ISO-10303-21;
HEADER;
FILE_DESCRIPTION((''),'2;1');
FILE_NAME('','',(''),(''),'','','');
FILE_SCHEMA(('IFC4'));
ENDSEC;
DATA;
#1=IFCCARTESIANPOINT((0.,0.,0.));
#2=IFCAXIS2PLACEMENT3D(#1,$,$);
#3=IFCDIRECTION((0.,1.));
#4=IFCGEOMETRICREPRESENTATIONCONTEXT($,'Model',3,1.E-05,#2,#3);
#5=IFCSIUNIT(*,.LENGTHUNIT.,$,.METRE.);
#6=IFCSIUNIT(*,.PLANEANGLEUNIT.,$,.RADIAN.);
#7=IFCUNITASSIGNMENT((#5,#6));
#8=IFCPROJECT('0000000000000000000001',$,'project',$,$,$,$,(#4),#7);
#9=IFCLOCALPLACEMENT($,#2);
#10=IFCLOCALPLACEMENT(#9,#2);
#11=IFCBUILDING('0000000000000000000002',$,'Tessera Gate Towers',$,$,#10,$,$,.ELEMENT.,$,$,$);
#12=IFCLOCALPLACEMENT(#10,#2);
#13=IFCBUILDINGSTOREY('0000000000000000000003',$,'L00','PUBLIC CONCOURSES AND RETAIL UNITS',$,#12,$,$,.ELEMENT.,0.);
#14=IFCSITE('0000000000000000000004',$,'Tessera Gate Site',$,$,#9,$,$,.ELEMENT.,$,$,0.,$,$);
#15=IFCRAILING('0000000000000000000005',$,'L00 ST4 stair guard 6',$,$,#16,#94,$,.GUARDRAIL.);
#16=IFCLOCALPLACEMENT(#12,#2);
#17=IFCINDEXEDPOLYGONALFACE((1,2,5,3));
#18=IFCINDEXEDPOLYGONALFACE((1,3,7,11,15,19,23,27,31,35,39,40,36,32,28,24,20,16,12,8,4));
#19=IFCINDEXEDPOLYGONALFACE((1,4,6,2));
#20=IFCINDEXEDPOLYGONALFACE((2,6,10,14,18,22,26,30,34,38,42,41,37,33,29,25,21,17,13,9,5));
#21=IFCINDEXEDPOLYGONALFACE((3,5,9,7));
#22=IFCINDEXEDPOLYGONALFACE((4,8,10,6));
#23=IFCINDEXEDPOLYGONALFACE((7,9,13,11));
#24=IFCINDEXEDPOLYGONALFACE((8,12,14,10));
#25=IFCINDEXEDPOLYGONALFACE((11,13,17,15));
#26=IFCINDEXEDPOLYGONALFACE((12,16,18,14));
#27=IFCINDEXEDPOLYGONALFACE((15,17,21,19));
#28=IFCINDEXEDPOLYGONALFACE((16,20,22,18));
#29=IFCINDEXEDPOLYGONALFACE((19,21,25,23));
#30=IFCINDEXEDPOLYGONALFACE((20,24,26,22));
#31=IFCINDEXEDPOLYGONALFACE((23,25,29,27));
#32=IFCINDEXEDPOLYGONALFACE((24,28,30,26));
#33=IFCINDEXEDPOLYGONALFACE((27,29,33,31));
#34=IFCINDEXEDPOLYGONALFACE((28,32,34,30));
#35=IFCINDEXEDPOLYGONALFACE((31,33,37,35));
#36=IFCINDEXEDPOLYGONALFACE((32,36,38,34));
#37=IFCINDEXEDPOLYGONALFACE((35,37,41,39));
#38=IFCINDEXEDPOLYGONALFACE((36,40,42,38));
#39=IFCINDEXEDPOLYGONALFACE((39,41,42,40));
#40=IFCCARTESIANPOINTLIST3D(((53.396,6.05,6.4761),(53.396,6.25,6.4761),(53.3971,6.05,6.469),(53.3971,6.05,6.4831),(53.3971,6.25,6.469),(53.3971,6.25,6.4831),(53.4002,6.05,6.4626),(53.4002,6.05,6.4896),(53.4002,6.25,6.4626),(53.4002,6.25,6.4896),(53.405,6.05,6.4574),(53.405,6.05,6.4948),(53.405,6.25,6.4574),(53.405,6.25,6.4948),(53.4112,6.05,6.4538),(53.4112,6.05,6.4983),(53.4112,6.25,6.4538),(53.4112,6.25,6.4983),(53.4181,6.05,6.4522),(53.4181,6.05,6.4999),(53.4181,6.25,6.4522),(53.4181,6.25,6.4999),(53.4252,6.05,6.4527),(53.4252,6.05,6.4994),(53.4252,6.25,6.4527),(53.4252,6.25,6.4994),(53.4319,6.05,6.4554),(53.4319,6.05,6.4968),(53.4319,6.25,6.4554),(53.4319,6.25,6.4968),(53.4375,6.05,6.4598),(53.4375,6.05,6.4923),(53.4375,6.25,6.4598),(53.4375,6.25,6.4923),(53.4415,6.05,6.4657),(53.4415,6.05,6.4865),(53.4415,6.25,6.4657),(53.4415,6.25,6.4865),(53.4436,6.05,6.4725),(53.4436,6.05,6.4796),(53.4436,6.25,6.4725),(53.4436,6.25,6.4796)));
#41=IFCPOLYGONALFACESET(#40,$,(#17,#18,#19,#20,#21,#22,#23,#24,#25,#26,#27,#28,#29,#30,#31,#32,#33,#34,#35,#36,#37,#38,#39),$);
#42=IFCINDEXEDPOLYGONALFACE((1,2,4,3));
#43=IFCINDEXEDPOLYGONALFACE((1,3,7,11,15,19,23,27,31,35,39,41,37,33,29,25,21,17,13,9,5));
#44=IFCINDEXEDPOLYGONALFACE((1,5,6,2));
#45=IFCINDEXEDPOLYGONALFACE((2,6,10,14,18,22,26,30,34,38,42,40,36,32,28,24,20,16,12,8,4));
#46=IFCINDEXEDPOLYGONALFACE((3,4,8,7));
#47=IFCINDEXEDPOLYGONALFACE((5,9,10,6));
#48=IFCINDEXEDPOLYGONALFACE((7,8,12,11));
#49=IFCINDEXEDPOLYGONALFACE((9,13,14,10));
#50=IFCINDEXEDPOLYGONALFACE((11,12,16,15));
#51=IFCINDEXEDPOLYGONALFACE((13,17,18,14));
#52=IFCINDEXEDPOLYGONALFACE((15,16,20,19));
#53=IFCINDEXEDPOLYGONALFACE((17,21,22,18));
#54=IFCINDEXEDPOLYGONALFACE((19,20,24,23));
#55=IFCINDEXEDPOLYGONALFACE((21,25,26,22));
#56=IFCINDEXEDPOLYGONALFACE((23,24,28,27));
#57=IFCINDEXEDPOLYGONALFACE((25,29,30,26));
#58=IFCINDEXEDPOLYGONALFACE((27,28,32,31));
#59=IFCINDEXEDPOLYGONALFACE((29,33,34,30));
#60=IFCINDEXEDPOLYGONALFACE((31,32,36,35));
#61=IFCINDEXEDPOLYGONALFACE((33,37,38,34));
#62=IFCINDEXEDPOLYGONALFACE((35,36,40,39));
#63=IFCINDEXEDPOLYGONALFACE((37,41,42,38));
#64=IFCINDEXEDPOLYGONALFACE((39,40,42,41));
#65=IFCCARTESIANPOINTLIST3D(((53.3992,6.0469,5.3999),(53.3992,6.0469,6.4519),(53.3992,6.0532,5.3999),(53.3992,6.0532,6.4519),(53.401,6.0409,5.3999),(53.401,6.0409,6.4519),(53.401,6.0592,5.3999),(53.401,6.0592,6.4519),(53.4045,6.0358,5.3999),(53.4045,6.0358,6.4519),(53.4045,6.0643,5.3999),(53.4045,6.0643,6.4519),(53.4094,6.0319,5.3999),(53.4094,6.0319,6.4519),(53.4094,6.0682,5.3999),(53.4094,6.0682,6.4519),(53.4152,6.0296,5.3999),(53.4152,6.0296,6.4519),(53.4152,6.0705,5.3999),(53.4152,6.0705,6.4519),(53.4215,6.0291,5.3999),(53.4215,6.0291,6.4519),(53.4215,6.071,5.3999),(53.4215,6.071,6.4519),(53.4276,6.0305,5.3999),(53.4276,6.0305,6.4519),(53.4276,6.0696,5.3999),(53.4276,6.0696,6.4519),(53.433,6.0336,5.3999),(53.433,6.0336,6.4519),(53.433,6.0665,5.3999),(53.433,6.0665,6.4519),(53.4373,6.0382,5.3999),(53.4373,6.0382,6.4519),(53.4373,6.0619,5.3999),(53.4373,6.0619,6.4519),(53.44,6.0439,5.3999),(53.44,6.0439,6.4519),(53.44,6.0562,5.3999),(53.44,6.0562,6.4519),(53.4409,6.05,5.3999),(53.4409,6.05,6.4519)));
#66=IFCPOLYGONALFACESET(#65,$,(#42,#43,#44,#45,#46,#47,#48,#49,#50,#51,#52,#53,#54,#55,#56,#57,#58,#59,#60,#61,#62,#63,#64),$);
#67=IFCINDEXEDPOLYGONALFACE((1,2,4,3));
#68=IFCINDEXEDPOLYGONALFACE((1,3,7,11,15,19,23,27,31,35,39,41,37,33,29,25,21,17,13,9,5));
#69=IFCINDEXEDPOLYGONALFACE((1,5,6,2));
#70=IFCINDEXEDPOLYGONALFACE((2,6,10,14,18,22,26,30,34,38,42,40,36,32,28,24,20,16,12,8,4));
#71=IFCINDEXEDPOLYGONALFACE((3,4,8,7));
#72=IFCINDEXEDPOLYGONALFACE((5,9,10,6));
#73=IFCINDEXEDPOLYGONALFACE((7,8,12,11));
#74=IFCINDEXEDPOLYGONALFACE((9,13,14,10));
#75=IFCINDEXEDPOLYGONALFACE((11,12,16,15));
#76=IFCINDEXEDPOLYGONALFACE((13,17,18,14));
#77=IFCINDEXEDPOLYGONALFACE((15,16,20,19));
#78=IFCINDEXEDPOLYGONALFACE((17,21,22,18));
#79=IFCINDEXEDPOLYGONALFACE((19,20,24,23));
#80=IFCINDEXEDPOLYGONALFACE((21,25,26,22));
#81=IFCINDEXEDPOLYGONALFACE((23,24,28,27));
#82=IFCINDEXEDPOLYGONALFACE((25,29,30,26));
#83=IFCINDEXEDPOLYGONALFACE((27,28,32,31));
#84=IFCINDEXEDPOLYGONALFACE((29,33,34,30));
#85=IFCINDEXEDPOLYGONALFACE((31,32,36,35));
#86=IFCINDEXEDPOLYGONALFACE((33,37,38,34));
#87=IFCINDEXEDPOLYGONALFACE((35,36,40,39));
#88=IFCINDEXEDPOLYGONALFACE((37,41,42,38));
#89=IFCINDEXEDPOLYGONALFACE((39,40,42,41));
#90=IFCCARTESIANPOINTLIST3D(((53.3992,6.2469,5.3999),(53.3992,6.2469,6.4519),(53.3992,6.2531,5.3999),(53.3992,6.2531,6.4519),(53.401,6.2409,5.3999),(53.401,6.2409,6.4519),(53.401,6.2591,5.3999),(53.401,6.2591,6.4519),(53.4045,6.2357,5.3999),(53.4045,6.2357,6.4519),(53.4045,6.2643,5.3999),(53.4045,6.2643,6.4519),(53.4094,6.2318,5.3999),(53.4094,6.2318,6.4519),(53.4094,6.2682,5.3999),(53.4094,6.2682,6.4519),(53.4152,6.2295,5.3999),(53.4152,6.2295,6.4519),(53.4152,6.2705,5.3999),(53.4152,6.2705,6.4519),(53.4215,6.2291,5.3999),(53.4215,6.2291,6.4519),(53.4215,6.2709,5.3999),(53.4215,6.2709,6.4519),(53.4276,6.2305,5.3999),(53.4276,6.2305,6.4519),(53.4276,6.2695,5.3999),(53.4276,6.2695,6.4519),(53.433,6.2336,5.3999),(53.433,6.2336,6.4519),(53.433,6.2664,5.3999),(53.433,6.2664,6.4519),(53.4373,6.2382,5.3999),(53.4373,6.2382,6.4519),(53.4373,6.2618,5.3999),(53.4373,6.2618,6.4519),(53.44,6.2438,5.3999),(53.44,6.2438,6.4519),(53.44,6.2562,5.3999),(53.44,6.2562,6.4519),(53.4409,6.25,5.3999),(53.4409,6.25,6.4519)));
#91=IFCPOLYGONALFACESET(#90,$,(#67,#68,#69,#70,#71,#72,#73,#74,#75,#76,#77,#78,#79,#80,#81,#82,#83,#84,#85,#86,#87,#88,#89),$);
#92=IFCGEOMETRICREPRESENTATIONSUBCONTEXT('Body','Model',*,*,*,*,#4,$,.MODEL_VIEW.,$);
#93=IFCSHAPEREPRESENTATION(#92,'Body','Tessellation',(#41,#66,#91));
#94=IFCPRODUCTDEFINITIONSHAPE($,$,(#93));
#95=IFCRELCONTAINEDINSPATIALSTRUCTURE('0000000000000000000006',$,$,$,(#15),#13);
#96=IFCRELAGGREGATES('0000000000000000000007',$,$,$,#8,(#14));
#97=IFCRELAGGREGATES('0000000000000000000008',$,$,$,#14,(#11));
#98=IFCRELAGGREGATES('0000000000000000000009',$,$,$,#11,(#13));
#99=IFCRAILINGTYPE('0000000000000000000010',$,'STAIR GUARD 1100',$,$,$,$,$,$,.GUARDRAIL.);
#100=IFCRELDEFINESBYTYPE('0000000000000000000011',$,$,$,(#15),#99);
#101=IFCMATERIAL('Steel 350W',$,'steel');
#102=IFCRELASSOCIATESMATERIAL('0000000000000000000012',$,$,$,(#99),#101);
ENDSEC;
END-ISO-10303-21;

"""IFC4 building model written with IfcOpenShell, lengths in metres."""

from ifc_helpers import new_model, si_unit, direction, frame, origin, origin_2d, place, context, subcontext, project, spatial, circle, extrude, material, type_object, element, save


model = new_model("IFC4")

# Units and contexts
model_context = context("Model", 3, precision=1e-05, world=origin(), true_north=direction((0.0, 1.0)))
body_context = subcontext(model_context, "Body", "Model", "MODEL_VIEW")
ifc_project = project(units=[si_unit("LENGTHUNIT", "METRE"), si_unit("PLANEANGLEUNIT", "RADIAN")], contexts=[model_context])

# Site, building, storey
site_placement = place(None, origin())
site = spatial("IfcSite", under=ifc_project, at=site_placement, Name="Tessera Gate Site", CompositionType="ELEMENT", RefElevation=0.0)
building_placement = place(site_placement, origin())
building = spatial("IfcBuilding", under=site, at=building_placement, Name="Tessera Gate Towers", CompositionType="ELEMENT")
storey_placement = place(building_placement, origin())
storey = spatial("IfcBuildingStorey", under=building, at=storey_placement, Name="L00", Description="PUBLIC CONCOURSES AND RETAIL UNITS", CompositionType="ELEMENT", Elevation=0.0)

# Railing
ifc_material_1 = material(Name="Steel 350W", Category="steel")
railing_type_1 = type_object("IfcRailingType", Name="STAIR GUARD 1100", PredefinedType="GUARDRAIL", material=ifc_material_1)
railing_1_placement = place(storey_placement, frame((53.4199, 6.05, 5.3999)))
element("IfcRailing", 1, at=railing_1_placement, inside=storey, type_object=railing_type_1, Name="L00 ST4 stair guard 6", PredefinedType="GUARDRAIL", context=body_context, shape_type="SweptSolid", body=[
    extrude(circle(Radius=0.0239, at=origin_2d()), frame((0.0, 0.0, 1.0762), z_axis=(0.0, 1.0, 0.0), x_axis=(-1.0, 0.0, 0.0)), (0.0, 0.0, 1.0), 0.2),
    extrude(circle(Radius=0.021, at=origin_2d()), origin(), (0.0, 0.0, 1.0), 1.052),
    extrude(circle(Radius=0.021, at=origin_2d()), frame((0.0, 0.2, 0.0)), (0.0, 0.0, 1.0), 1.052),
])

save(model, "model.ifc")
